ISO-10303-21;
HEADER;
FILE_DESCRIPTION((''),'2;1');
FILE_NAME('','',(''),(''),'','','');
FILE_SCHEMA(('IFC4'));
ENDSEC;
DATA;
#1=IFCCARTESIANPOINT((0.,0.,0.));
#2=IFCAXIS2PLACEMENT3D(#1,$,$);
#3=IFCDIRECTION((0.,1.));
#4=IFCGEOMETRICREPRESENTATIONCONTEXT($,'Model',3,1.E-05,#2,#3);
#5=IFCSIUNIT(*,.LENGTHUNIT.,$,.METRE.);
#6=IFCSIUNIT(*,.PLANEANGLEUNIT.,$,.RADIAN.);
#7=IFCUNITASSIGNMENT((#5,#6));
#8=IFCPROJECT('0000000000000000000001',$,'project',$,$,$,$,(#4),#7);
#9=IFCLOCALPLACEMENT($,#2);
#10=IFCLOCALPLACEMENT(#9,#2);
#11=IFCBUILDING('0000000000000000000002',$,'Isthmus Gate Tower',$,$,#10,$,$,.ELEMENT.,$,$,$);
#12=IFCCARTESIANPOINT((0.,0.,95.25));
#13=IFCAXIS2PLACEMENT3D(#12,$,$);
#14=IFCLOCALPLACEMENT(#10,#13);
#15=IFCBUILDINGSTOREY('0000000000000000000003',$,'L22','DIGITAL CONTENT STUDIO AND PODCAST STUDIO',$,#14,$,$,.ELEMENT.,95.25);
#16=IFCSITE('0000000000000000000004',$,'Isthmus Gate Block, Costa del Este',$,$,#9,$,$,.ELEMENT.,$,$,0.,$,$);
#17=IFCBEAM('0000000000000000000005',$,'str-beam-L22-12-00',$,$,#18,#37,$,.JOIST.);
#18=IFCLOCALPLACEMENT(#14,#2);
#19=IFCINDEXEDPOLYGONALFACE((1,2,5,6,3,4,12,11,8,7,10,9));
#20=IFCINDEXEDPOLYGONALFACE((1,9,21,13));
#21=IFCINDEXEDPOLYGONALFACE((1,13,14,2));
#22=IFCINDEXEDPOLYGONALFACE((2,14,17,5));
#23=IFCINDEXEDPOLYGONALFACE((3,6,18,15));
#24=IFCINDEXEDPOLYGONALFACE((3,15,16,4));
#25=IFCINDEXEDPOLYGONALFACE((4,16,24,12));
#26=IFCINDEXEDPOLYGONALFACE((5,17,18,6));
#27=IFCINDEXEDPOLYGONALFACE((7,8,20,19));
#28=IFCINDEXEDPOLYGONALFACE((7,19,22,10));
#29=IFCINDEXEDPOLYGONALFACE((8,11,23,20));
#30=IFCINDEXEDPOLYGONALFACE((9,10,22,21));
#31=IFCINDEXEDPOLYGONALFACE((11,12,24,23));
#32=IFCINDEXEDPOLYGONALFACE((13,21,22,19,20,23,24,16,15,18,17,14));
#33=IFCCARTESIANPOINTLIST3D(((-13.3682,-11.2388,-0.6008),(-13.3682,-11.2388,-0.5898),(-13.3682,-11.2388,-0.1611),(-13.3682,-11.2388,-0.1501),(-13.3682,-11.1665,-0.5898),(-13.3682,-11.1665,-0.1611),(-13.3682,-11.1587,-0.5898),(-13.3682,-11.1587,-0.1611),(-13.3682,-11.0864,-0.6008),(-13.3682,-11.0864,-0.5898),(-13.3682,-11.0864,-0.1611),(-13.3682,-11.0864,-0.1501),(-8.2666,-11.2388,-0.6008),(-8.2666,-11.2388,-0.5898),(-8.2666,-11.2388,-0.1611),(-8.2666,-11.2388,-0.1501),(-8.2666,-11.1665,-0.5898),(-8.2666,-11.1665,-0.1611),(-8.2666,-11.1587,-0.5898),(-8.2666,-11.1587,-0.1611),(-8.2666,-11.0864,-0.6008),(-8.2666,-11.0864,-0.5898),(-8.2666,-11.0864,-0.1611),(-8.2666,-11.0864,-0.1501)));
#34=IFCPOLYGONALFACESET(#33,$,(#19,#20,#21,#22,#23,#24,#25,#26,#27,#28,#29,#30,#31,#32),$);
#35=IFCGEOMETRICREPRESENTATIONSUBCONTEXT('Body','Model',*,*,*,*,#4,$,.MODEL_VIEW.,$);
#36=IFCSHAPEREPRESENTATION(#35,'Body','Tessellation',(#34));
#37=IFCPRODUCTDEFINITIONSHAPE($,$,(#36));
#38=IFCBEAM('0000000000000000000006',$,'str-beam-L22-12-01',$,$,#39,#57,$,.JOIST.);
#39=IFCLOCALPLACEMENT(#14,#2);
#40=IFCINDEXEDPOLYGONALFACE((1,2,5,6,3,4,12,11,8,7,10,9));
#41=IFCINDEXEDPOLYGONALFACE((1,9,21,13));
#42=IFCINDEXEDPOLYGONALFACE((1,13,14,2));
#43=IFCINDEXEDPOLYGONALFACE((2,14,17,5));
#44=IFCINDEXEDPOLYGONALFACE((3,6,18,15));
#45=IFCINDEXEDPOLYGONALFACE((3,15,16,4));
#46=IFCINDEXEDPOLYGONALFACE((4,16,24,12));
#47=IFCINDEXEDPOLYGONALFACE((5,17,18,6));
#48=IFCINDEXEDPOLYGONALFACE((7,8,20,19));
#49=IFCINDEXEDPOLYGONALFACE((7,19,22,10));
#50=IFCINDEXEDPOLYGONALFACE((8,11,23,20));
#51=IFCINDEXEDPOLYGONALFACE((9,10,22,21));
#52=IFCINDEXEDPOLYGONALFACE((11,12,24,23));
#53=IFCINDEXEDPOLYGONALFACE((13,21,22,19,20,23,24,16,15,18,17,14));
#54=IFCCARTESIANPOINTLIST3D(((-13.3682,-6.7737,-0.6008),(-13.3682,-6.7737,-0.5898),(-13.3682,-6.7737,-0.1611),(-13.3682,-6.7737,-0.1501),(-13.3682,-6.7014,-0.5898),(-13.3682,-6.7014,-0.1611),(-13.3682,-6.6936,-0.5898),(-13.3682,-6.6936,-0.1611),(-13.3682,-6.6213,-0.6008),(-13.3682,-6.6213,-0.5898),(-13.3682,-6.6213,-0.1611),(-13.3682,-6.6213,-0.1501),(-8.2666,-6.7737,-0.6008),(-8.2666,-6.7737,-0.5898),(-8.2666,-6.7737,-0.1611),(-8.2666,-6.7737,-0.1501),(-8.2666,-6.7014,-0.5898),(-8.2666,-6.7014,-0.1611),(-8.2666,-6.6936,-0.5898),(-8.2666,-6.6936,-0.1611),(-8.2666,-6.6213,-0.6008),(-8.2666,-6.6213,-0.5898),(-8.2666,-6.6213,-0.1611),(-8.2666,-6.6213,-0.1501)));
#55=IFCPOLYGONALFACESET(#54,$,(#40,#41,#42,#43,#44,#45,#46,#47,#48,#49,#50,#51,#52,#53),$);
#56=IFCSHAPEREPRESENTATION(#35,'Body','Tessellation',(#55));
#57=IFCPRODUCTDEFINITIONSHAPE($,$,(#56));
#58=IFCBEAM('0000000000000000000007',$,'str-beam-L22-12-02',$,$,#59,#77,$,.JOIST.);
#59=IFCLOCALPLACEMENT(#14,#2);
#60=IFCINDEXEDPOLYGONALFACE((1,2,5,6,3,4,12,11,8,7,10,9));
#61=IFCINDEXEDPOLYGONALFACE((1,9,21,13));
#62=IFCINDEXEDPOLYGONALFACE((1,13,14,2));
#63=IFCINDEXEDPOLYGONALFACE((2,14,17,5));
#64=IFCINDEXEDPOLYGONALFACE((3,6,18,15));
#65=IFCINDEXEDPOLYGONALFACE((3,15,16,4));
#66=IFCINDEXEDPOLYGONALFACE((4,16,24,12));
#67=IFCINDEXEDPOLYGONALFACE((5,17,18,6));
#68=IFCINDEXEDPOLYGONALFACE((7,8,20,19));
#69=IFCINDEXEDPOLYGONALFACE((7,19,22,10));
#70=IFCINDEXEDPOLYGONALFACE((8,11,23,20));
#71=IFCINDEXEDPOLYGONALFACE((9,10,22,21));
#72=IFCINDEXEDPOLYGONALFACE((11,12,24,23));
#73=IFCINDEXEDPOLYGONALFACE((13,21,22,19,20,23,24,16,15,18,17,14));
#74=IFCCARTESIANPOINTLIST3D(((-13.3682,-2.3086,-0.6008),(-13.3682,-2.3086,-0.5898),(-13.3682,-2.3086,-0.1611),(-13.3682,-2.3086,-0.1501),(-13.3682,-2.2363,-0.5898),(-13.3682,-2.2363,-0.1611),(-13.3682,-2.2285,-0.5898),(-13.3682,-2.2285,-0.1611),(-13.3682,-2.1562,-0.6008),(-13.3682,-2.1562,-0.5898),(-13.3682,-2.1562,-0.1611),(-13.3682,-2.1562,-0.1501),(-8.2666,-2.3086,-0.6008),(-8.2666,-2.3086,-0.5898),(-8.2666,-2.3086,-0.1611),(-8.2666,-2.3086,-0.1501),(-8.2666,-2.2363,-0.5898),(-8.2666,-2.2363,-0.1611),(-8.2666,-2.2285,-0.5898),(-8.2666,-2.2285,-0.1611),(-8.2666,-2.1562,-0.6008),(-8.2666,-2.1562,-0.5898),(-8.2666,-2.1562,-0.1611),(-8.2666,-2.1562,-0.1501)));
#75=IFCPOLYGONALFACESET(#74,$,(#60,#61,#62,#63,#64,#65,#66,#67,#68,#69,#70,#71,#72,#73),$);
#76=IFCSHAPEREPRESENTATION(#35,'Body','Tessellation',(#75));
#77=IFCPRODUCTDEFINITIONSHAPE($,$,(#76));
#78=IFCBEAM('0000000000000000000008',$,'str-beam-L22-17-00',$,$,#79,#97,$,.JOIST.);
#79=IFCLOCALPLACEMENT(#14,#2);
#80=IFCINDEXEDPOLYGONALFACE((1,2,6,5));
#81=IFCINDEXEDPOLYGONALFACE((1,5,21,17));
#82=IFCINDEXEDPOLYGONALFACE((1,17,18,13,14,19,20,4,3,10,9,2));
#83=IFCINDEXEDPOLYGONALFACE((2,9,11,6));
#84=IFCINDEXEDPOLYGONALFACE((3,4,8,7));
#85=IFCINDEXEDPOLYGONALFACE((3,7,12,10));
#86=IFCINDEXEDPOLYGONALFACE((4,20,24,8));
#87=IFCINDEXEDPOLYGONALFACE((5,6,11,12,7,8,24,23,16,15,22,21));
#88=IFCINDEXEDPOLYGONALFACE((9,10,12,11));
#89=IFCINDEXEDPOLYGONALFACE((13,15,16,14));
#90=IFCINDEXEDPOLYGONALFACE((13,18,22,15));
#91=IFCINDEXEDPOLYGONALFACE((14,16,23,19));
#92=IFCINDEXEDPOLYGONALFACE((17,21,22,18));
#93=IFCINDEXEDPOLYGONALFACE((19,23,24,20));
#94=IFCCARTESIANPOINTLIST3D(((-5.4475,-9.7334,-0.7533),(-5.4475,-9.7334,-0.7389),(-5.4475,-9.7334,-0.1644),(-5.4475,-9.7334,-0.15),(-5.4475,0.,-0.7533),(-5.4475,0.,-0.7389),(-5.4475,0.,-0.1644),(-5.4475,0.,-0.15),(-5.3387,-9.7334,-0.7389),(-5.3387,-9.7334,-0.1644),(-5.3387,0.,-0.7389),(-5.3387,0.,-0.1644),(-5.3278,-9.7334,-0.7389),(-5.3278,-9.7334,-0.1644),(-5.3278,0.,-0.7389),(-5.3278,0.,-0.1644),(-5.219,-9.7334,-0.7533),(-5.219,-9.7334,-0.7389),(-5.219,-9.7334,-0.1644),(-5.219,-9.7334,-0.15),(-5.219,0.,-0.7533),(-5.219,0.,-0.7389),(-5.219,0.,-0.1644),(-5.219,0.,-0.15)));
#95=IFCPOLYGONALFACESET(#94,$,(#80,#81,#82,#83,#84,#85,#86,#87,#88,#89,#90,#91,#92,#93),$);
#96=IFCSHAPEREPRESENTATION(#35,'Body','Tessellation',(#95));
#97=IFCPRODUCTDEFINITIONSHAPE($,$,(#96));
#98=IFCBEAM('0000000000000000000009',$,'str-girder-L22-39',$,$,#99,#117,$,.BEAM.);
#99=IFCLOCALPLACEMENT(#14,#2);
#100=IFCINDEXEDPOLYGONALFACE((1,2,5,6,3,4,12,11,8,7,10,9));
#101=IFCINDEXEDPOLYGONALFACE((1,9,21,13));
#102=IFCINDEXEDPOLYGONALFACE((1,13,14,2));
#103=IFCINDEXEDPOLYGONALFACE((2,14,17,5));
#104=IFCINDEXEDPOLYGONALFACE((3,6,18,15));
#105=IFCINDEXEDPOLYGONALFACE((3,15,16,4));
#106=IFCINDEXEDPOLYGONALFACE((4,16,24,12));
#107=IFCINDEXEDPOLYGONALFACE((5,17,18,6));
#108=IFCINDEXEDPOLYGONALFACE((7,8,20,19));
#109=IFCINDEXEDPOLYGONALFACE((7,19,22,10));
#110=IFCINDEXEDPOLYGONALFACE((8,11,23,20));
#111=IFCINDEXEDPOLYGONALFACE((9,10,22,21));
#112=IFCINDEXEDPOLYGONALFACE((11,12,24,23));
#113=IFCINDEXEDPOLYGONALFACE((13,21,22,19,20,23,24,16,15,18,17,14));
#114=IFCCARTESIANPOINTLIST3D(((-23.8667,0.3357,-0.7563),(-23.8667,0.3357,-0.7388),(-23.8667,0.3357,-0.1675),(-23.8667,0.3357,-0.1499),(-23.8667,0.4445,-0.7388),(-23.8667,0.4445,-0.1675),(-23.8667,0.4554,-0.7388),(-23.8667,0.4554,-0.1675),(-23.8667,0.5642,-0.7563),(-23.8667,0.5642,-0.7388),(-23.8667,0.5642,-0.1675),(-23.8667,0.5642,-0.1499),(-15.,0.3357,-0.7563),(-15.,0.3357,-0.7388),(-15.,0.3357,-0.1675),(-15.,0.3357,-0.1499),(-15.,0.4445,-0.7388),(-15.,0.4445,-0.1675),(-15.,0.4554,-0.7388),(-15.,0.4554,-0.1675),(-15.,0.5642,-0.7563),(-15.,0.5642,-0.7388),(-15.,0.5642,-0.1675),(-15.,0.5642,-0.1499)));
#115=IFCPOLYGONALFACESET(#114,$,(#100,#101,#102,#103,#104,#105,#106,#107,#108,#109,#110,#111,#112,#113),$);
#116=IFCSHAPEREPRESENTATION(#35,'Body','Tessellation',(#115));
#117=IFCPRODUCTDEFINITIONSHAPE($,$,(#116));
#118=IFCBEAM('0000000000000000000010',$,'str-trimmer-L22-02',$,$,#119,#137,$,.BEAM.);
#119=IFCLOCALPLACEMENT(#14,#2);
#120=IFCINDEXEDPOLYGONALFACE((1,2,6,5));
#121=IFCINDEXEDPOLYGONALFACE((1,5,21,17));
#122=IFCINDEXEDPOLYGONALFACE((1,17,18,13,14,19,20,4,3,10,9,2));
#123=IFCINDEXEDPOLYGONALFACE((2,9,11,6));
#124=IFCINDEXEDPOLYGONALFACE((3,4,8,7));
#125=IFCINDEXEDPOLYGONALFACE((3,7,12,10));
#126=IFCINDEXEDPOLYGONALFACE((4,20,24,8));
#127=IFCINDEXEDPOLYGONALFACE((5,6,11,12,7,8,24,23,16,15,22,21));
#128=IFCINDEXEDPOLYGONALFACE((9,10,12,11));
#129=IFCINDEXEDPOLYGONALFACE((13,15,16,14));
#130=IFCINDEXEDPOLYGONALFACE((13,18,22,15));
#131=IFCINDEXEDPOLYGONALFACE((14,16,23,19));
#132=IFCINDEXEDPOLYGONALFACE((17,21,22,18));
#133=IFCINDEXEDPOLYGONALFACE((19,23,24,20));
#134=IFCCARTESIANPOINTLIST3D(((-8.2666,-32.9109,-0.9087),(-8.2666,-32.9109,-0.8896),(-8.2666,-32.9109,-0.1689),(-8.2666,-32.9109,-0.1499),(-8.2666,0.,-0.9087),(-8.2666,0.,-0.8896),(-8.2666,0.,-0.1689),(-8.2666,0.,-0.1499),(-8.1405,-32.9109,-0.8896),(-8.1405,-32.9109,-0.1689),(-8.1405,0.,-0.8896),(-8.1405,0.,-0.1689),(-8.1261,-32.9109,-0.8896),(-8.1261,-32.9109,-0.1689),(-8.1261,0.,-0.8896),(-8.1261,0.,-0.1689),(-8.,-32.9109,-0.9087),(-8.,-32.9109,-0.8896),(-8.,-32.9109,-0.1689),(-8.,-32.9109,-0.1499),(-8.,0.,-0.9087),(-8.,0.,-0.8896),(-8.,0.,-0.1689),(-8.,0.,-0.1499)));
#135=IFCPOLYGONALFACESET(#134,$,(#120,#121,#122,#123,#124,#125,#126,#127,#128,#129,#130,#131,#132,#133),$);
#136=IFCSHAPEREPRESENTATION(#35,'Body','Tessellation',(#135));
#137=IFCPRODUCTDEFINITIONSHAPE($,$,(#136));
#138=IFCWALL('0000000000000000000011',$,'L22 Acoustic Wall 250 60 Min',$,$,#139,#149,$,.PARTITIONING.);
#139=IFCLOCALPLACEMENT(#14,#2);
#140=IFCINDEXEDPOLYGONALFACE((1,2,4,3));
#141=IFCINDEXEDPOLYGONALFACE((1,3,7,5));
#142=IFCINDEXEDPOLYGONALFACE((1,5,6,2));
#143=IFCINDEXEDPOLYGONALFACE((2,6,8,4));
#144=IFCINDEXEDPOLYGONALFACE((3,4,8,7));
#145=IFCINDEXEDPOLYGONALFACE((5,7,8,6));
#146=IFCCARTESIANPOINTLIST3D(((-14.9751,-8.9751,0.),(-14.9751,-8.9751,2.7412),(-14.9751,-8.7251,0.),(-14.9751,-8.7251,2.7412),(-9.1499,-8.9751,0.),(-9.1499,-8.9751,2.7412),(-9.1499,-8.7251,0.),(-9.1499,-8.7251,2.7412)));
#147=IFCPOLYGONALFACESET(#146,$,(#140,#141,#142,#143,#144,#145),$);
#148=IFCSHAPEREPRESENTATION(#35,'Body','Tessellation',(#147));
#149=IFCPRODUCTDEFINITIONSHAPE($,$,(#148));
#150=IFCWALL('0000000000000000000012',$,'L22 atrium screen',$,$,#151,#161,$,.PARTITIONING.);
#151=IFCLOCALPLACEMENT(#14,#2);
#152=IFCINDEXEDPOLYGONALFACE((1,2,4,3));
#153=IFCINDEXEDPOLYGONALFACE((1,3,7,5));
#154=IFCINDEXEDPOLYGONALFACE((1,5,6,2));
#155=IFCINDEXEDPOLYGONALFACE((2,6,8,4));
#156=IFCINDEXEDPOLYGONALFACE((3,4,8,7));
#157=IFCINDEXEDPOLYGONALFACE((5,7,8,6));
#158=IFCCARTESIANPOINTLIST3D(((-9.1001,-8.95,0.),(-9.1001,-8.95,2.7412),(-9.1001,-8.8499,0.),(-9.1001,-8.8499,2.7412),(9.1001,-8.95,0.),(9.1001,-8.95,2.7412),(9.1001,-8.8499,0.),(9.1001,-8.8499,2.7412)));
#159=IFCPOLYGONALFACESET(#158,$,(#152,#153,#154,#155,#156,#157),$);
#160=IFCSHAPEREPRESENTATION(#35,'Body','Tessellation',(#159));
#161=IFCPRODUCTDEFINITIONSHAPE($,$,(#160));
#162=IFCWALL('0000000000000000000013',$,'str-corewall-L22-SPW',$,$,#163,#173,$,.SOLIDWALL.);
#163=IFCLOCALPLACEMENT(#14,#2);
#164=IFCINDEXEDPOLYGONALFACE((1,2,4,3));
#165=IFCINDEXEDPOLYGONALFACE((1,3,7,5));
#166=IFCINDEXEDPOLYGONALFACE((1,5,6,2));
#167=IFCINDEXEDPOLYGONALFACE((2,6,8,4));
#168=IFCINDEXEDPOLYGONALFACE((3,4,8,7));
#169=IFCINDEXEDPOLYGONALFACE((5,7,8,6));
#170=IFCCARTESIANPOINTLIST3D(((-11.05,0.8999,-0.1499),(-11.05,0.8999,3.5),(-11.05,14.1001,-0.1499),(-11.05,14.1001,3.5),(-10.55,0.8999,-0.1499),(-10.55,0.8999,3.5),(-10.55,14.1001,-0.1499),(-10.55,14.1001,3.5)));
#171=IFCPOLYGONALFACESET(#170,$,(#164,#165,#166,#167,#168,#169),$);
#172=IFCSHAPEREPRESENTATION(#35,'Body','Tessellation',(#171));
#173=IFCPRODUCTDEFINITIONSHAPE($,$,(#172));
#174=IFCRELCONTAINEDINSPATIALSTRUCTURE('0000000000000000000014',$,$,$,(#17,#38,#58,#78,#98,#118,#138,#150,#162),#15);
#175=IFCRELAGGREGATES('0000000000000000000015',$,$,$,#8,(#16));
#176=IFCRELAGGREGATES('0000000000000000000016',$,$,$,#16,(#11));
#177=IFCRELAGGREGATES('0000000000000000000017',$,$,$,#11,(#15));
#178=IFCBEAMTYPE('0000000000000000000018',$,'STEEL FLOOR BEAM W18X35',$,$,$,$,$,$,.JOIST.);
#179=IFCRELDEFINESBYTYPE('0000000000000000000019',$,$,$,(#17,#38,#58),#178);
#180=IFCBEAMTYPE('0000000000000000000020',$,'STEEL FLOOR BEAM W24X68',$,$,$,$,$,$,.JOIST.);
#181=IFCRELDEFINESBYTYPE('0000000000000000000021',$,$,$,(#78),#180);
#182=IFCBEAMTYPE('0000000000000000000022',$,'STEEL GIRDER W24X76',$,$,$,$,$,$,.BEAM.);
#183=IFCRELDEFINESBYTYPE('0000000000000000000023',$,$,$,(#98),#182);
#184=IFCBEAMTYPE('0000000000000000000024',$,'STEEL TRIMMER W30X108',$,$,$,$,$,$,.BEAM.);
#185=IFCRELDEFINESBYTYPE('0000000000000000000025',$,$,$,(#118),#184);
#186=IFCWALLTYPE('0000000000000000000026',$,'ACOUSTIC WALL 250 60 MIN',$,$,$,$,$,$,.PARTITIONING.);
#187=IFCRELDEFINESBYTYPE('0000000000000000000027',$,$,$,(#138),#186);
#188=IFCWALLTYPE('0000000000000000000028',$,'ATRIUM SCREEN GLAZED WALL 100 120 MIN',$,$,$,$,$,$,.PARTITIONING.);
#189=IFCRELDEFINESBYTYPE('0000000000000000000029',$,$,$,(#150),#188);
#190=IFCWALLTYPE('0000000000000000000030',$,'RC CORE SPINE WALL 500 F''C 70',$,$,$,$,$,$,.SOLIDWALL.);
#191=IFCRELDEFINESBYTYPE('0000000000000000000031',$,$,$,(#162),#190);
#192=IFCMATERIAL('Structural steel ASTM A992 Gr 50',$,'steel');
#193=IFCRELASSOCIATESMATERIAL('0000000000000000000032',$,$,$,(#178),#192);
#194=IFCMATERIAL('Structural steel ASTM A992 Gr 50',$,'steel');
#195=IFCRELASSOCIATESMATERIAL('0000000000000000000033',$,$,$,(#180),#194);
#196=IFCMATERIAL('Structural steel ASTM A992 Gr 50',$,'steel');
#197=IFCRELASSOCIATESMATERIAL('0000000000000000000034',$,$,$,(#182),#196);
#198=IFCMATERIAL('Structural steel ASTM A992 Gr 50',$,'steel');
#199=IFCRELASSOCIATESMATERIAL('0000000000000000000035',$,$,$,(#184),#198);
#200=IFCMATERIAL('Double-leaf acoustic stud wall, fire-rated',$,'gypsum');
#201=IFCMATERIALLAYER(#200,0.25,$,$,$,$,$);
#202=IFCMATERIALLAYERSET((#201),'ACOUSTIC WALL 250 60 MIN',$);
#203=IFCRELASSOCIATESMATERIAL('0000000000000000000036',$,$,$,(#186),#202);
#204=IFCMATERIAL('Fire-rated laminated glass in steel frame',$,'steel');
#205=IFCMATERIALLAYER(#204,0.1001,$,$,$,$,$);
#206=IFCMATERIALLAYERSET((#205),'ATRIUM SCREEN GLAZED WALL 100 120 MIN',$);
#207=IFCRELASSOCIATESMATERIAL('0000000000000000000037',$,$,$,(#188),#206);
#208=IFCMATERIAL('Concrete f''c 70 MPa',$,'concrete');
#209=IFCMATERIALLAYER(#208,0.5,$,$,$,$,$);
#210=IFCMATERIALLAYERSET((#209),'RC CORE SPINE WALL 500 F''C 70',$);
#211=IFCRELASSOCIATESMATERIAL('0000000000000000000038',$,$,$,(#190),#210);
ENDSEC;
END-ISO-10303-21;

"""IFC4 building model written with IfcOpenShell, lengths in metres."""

from ifc_helpers import new_model, si_unit, direction, frame, frame_2d, origin, origin_2d, place, context, subcontext, project, spatial, rectangle, i_section, extrude, material, layer, layer_set, material_profile, profile_set, type_object, element, save


model = new_model("IFC4")

# Units and contexts
model_context = context("Model", 3, precision=1e-05, world=origin(), true_north=direction((0.0, 1.0)))
body_context = subcontext(model_context, "Body", "Model", "MODEL_VIEW")
ifc_project = project(units=[si_unit("LENGTHUNIT", "METRE"), si_unit("PLANEANGLEUNIT", "RADIAN")], contexts=[model_context])

# Site, building, storey
site_placement = place(None, origin())
site = spatial("IfcSite", under=ifc_project, at=site_placement, Name="Isthmus Gate Block, Costa del Este", CompositionType="ELEMENT", RefElevation=0.0)
building_placement = place(site_placement, origin())
building = spatial("IfcBuilding", under=site, at=building_placement, Name="Isthmus Gate Tower", CompositionType="ELEMENT")
storey_placement = place(building_placement, frame((0.0, 0.0, 95.25)))
storey = spatial("IfcBuildingStorey", under=building, at=storey_placement, Name="L22", Description="DIGITAL CONTENT STUDIO AND PODCAST STUDIO", CompositionType="ELEMENT", Elevation=95.25)

# Beams
ifc_material_1 = material(Name="Structural steel ASTM A992 Gr 50", Category="steel")
ifc_material_profile_1 = material_profile(ifc_material_1, i_section(OverallWidth=0.1523, OverallDepth=0.4507, WebThickness=0.0078, FlangeThickness=0.011, at=origin_2d()), Name="W18X35")
ifc_profile_set_1 = profile_set([ifc_material_profile_1], Name="Structural steel ASTM A992 Gr 50")
beam_type_1 = type_object("IfcBeamType", Name="STEEL FLOOR BEAM W18X35", PredefinedType="JOIST", material=ifc_profile_set_1)
for number, where, z_axis, x_axis, name in (
    (1, (-13.3682, -11.1626, -0.3755), (1.0, 0.0, 0.0), (0.0, 1.0, 0.0), "str-beam-L22-12-00"),
    (2, (-13.3682, -6.6975, -0.3755), (1.0, 0.0, 0.0), (0.0, 1.0, 0.0), "str-beam-L22-12-01"),
    (3, (-13.3682, -2.2324, -0.3755), (1.0, 0.0, 0.0), (0.0, 1.0, 0.0), "str-beam-L22-12-02"),
):
    element("IfcBeam", number, at=place(storey_placement, frame(where, z_axis=z_axis, x_axis=x_axis)), inside=storey, type_object=beam_type_1, Name=name, PredefinedType="JOIST", context=body_context, shape_type="SweptSolid", body=[
        extrude(i_section(OverallWidth=0.1523, OverallDepth=0.4507, WebThickness=0.0078, FlangeThickness=0.011, at=origin_2d()), origin(), (0.0, 0.0, 1.0), 5.1016),
    ])
ifc_material_2 = material(Name="Structural steel ASTM A992 Gr 50", Category="steel")
ifc_material_profile_2 = material_profile(ifc_material_2, i_section(OverallWidth=0.2285, OverallDepth=0.6033, WebThickness=0.011, FlangeThickness=0.0144, at=origin_2d()), Name="W24X68")
ifc_profile_set_2 = profile_set([ifc_material_profile_2], Name="Structural steel ASTM A992 Gr 50")
beam_type_2 = type_object("IfcBeamType", Name="STEEL FLOOR BEAM W24X68", PredefinedType="JOIST", material=ifc_profile_set_2)
beam_1_placement = place(storey_placement, frame((-5.3333, -9.7334, -0.4517), z_axis=(0.0, 1.0, 0.0), x_axis=(-1.0, 0.0, 0.0)))
element("IfcBeam", 4, at=beam_1_placement, inside=storey, type_object=beam_type_2, Name="str-beam-L22-17-00", PredefinedType="JOIST", context=body_context, shape_type="SweptSolid", body=[
    extrude(i_section(OverallWidth=0.2285, OverallDepth=0.6033, WebThickness=0.011, FlangeThickness=0.0144, at=origin_2d()), origin(), (0.0, 0.0, 1.0), 9.7334),
])
ifc_material_3 = material(Name="Structural steel ASTM A992 Gr 50", Category="steel")
ifc_material_profile_3 = material_profile(ifc_material_3, i_section(OverallWidth=0.2285, OverallDepth=0.6064, WebThickness=0.011, FlangeThickness=0.0176, at=origin_2d()), Name="W24X76")
ifc_profile_set_3 = profile_set([ifc_material_profile_3], Name="Structural steel ASTM A992 Gr 50")
beam_type_3 = type_object("IfcBeamType", Name="STEEL GIRDER W24X76", PredefinedType="BEAM", material=ifc_profile_set_3)
beam_2_placement = place(storey_placement, frame((-15.0, 0.45, -0.4531), z_axis=(-1.0, 0.0, 0.0), x_axis=(0.0, -1.0, 0.0)))
element("IfcBeam", 5, at=beam_2_placement, inside=storey, type_object=beam_type_3, Name="str-girder-L22-39", PredefinedType="BEAM", context=body_context, shape_type="SweptSolid", body=[
    extrude(i_section(OverallWidth=0.2285, OverallDepth=0.6064, WebThickness=0.011, FlangeThickness=0.0176, at=origin_2d()), origin(), (0.0, 0.0, 1.0), 8.8667),
])
ifc_material_4 = material(Name="Structural steel ASTM A992 Gr 50", Category="steel")
ifc_material_profile_4 = material_profile(ifc_material_4, i_section(OverallWidth=0.2666, OverallDepth=0.7588, WebThickness=0.0144, FlangeThickness=0.019, at=origin_2d()), Name="W30X108")
ifc_profile_set_4 = profile_set([ifc_material_profile_4], Name="Structural steel ASTM A992 Gr 50")
beam_type_4 = type_object("IfcBeamType", Name="STEEL TRIMMER W30X108", PredefinedType="BEAM", material=ifc_profile_set_4)
beam_3_placement = place(storey_placement, frame((-8.1333, 0.0, -0.5293), z_axis=(0.0, -1.0, 0.0), x_axis=(1.0, 0.0, 0.0)))
element("IfcBeam", 6, at=beam_3_placement, inside=storey, type_object=beam_type_4, Name="str-trimmer-L22-02", PredefinedType="BEAM", context=body_context, shape_type="SweptSolid", body=[
    extrude(i_section(OverallWidth=0.2666, OverallDepth=0.7588, WebThickness=0.0144, FlangeThickness=0.019, at=origin_2d()), origin(), (0.0, 0.0, 1.0), 32.9109),
])

# Walls
ifc_material_5 = material(Name="Double-leaf acoustic stud wall, fire-rated", Category="gypsum")
ifc_layer_1 = layer(ifc_material_5, 0.25)
ifc_layer_set_1 = layer_set([ifc_layer_1], Name="ACOUSTIC WALL 250 60 MIN")
wall_type_1 = type_object("IfcWallType", Name="ACOUSTIC WALL 250 60 MIN", PredefinedType="PARTITIONING", material=ifc_layer_set_1)
wall_1_placement = place(storey_placement, frame((-9.1499, -8.8501, 0.0), z_axis=(0.0, 0.0, 1.0), x_axis=(-1.0, 0.0, 0.0)))
element("IfcWall", 7, at=wall_1_placement, inside=storey, type_object=wall_type_1, Name="L22 Acoustic Wall 250 60 Min", PredefinedType="PARTITIONING", context=body_context, shape_type="SweptSolid", body=[
    extrude(rectangle(XDim=5.8252, YDim=0.25, at=frame_2d((2.9126, 0.0))), origin(), (0.0, 0.0, 1.0), 2.7412),
])
ifc_material_6 = material(Name="Fire-rated laminated glass in steel frame", Category="steel")
ifc_layer_2 = layer(ifc_material_6, 0.1001)
ifc_layer_set_2 = layer_set([ifc_layer_2], Name="ATRIUM SCREEN GLAZED WALL 100 120 MIN")
wall_type_2 = type_object("IfcWallType", Name="ATRIUM SCREEN GLAZED WALL 100 120 MIN", PredefinedType="PARTITIONING", material=ifc_layer_set_2)
wall_2_placement = place(storey_placement, frame((-9.1001, -8.8999, 0.0), z_axis=(0.0, 0.0, 1.0), x_axis=(1.0, 0.0, 0.0)))
element("IfcWall", 8, at=wall_2_placement, inside=storey, type_object=wall_type_2, Name="L22 atrium screen", PredefinedType="PARTITIONING", context=body_context, shape_type="SweptSolid", body=[
    extrude(rectangle(XDim=18.2002, YDim=0.1001, at=frame_2d((9.1001, 0.0))), origin(), (0.0, 0.0, 1.0), 2.7412),
])
ifc_material_7 = material(Name="Concrete f'c 70 MPa", Category="concrete")
ifc_layer_3 = layer(ifc_material_7, 0.5)
ifc_layer_set_3 = layer_set([ifc_layer_3], Name="RC CORE SPINE WALL 500 F'C 70")
wall_type_3 = type_object("IfcWallType", Name="RC CORE SPINE WALL 500 F'C 70", PredefinedType="SOLIDWALL", material=ifc_layer_set_3)
wall_3_placement = place(storey_placement, frame((-10.8, 0.8999, -0.1499), z_axis=(0.0, 0.0, 1.0), x_axis=(0.0, 1.0, 0.0)))
element("IfcWall", 9, at=wall_3_placement, inside=storey, type_object=wall_type_3, Name="str-corewall-L22-SPW", PredefinedType="SOLIDWALL", context=body_context, shape_type="SweptSolid", body=[
    extrude(rectangle(XDim=13.2002, YDim=0.5, at=frame_2d((6.6001, 0.0))), origin(), (0.0, 0.0, 1.0), 3.6499),
])

save(model, "model.ifc")
